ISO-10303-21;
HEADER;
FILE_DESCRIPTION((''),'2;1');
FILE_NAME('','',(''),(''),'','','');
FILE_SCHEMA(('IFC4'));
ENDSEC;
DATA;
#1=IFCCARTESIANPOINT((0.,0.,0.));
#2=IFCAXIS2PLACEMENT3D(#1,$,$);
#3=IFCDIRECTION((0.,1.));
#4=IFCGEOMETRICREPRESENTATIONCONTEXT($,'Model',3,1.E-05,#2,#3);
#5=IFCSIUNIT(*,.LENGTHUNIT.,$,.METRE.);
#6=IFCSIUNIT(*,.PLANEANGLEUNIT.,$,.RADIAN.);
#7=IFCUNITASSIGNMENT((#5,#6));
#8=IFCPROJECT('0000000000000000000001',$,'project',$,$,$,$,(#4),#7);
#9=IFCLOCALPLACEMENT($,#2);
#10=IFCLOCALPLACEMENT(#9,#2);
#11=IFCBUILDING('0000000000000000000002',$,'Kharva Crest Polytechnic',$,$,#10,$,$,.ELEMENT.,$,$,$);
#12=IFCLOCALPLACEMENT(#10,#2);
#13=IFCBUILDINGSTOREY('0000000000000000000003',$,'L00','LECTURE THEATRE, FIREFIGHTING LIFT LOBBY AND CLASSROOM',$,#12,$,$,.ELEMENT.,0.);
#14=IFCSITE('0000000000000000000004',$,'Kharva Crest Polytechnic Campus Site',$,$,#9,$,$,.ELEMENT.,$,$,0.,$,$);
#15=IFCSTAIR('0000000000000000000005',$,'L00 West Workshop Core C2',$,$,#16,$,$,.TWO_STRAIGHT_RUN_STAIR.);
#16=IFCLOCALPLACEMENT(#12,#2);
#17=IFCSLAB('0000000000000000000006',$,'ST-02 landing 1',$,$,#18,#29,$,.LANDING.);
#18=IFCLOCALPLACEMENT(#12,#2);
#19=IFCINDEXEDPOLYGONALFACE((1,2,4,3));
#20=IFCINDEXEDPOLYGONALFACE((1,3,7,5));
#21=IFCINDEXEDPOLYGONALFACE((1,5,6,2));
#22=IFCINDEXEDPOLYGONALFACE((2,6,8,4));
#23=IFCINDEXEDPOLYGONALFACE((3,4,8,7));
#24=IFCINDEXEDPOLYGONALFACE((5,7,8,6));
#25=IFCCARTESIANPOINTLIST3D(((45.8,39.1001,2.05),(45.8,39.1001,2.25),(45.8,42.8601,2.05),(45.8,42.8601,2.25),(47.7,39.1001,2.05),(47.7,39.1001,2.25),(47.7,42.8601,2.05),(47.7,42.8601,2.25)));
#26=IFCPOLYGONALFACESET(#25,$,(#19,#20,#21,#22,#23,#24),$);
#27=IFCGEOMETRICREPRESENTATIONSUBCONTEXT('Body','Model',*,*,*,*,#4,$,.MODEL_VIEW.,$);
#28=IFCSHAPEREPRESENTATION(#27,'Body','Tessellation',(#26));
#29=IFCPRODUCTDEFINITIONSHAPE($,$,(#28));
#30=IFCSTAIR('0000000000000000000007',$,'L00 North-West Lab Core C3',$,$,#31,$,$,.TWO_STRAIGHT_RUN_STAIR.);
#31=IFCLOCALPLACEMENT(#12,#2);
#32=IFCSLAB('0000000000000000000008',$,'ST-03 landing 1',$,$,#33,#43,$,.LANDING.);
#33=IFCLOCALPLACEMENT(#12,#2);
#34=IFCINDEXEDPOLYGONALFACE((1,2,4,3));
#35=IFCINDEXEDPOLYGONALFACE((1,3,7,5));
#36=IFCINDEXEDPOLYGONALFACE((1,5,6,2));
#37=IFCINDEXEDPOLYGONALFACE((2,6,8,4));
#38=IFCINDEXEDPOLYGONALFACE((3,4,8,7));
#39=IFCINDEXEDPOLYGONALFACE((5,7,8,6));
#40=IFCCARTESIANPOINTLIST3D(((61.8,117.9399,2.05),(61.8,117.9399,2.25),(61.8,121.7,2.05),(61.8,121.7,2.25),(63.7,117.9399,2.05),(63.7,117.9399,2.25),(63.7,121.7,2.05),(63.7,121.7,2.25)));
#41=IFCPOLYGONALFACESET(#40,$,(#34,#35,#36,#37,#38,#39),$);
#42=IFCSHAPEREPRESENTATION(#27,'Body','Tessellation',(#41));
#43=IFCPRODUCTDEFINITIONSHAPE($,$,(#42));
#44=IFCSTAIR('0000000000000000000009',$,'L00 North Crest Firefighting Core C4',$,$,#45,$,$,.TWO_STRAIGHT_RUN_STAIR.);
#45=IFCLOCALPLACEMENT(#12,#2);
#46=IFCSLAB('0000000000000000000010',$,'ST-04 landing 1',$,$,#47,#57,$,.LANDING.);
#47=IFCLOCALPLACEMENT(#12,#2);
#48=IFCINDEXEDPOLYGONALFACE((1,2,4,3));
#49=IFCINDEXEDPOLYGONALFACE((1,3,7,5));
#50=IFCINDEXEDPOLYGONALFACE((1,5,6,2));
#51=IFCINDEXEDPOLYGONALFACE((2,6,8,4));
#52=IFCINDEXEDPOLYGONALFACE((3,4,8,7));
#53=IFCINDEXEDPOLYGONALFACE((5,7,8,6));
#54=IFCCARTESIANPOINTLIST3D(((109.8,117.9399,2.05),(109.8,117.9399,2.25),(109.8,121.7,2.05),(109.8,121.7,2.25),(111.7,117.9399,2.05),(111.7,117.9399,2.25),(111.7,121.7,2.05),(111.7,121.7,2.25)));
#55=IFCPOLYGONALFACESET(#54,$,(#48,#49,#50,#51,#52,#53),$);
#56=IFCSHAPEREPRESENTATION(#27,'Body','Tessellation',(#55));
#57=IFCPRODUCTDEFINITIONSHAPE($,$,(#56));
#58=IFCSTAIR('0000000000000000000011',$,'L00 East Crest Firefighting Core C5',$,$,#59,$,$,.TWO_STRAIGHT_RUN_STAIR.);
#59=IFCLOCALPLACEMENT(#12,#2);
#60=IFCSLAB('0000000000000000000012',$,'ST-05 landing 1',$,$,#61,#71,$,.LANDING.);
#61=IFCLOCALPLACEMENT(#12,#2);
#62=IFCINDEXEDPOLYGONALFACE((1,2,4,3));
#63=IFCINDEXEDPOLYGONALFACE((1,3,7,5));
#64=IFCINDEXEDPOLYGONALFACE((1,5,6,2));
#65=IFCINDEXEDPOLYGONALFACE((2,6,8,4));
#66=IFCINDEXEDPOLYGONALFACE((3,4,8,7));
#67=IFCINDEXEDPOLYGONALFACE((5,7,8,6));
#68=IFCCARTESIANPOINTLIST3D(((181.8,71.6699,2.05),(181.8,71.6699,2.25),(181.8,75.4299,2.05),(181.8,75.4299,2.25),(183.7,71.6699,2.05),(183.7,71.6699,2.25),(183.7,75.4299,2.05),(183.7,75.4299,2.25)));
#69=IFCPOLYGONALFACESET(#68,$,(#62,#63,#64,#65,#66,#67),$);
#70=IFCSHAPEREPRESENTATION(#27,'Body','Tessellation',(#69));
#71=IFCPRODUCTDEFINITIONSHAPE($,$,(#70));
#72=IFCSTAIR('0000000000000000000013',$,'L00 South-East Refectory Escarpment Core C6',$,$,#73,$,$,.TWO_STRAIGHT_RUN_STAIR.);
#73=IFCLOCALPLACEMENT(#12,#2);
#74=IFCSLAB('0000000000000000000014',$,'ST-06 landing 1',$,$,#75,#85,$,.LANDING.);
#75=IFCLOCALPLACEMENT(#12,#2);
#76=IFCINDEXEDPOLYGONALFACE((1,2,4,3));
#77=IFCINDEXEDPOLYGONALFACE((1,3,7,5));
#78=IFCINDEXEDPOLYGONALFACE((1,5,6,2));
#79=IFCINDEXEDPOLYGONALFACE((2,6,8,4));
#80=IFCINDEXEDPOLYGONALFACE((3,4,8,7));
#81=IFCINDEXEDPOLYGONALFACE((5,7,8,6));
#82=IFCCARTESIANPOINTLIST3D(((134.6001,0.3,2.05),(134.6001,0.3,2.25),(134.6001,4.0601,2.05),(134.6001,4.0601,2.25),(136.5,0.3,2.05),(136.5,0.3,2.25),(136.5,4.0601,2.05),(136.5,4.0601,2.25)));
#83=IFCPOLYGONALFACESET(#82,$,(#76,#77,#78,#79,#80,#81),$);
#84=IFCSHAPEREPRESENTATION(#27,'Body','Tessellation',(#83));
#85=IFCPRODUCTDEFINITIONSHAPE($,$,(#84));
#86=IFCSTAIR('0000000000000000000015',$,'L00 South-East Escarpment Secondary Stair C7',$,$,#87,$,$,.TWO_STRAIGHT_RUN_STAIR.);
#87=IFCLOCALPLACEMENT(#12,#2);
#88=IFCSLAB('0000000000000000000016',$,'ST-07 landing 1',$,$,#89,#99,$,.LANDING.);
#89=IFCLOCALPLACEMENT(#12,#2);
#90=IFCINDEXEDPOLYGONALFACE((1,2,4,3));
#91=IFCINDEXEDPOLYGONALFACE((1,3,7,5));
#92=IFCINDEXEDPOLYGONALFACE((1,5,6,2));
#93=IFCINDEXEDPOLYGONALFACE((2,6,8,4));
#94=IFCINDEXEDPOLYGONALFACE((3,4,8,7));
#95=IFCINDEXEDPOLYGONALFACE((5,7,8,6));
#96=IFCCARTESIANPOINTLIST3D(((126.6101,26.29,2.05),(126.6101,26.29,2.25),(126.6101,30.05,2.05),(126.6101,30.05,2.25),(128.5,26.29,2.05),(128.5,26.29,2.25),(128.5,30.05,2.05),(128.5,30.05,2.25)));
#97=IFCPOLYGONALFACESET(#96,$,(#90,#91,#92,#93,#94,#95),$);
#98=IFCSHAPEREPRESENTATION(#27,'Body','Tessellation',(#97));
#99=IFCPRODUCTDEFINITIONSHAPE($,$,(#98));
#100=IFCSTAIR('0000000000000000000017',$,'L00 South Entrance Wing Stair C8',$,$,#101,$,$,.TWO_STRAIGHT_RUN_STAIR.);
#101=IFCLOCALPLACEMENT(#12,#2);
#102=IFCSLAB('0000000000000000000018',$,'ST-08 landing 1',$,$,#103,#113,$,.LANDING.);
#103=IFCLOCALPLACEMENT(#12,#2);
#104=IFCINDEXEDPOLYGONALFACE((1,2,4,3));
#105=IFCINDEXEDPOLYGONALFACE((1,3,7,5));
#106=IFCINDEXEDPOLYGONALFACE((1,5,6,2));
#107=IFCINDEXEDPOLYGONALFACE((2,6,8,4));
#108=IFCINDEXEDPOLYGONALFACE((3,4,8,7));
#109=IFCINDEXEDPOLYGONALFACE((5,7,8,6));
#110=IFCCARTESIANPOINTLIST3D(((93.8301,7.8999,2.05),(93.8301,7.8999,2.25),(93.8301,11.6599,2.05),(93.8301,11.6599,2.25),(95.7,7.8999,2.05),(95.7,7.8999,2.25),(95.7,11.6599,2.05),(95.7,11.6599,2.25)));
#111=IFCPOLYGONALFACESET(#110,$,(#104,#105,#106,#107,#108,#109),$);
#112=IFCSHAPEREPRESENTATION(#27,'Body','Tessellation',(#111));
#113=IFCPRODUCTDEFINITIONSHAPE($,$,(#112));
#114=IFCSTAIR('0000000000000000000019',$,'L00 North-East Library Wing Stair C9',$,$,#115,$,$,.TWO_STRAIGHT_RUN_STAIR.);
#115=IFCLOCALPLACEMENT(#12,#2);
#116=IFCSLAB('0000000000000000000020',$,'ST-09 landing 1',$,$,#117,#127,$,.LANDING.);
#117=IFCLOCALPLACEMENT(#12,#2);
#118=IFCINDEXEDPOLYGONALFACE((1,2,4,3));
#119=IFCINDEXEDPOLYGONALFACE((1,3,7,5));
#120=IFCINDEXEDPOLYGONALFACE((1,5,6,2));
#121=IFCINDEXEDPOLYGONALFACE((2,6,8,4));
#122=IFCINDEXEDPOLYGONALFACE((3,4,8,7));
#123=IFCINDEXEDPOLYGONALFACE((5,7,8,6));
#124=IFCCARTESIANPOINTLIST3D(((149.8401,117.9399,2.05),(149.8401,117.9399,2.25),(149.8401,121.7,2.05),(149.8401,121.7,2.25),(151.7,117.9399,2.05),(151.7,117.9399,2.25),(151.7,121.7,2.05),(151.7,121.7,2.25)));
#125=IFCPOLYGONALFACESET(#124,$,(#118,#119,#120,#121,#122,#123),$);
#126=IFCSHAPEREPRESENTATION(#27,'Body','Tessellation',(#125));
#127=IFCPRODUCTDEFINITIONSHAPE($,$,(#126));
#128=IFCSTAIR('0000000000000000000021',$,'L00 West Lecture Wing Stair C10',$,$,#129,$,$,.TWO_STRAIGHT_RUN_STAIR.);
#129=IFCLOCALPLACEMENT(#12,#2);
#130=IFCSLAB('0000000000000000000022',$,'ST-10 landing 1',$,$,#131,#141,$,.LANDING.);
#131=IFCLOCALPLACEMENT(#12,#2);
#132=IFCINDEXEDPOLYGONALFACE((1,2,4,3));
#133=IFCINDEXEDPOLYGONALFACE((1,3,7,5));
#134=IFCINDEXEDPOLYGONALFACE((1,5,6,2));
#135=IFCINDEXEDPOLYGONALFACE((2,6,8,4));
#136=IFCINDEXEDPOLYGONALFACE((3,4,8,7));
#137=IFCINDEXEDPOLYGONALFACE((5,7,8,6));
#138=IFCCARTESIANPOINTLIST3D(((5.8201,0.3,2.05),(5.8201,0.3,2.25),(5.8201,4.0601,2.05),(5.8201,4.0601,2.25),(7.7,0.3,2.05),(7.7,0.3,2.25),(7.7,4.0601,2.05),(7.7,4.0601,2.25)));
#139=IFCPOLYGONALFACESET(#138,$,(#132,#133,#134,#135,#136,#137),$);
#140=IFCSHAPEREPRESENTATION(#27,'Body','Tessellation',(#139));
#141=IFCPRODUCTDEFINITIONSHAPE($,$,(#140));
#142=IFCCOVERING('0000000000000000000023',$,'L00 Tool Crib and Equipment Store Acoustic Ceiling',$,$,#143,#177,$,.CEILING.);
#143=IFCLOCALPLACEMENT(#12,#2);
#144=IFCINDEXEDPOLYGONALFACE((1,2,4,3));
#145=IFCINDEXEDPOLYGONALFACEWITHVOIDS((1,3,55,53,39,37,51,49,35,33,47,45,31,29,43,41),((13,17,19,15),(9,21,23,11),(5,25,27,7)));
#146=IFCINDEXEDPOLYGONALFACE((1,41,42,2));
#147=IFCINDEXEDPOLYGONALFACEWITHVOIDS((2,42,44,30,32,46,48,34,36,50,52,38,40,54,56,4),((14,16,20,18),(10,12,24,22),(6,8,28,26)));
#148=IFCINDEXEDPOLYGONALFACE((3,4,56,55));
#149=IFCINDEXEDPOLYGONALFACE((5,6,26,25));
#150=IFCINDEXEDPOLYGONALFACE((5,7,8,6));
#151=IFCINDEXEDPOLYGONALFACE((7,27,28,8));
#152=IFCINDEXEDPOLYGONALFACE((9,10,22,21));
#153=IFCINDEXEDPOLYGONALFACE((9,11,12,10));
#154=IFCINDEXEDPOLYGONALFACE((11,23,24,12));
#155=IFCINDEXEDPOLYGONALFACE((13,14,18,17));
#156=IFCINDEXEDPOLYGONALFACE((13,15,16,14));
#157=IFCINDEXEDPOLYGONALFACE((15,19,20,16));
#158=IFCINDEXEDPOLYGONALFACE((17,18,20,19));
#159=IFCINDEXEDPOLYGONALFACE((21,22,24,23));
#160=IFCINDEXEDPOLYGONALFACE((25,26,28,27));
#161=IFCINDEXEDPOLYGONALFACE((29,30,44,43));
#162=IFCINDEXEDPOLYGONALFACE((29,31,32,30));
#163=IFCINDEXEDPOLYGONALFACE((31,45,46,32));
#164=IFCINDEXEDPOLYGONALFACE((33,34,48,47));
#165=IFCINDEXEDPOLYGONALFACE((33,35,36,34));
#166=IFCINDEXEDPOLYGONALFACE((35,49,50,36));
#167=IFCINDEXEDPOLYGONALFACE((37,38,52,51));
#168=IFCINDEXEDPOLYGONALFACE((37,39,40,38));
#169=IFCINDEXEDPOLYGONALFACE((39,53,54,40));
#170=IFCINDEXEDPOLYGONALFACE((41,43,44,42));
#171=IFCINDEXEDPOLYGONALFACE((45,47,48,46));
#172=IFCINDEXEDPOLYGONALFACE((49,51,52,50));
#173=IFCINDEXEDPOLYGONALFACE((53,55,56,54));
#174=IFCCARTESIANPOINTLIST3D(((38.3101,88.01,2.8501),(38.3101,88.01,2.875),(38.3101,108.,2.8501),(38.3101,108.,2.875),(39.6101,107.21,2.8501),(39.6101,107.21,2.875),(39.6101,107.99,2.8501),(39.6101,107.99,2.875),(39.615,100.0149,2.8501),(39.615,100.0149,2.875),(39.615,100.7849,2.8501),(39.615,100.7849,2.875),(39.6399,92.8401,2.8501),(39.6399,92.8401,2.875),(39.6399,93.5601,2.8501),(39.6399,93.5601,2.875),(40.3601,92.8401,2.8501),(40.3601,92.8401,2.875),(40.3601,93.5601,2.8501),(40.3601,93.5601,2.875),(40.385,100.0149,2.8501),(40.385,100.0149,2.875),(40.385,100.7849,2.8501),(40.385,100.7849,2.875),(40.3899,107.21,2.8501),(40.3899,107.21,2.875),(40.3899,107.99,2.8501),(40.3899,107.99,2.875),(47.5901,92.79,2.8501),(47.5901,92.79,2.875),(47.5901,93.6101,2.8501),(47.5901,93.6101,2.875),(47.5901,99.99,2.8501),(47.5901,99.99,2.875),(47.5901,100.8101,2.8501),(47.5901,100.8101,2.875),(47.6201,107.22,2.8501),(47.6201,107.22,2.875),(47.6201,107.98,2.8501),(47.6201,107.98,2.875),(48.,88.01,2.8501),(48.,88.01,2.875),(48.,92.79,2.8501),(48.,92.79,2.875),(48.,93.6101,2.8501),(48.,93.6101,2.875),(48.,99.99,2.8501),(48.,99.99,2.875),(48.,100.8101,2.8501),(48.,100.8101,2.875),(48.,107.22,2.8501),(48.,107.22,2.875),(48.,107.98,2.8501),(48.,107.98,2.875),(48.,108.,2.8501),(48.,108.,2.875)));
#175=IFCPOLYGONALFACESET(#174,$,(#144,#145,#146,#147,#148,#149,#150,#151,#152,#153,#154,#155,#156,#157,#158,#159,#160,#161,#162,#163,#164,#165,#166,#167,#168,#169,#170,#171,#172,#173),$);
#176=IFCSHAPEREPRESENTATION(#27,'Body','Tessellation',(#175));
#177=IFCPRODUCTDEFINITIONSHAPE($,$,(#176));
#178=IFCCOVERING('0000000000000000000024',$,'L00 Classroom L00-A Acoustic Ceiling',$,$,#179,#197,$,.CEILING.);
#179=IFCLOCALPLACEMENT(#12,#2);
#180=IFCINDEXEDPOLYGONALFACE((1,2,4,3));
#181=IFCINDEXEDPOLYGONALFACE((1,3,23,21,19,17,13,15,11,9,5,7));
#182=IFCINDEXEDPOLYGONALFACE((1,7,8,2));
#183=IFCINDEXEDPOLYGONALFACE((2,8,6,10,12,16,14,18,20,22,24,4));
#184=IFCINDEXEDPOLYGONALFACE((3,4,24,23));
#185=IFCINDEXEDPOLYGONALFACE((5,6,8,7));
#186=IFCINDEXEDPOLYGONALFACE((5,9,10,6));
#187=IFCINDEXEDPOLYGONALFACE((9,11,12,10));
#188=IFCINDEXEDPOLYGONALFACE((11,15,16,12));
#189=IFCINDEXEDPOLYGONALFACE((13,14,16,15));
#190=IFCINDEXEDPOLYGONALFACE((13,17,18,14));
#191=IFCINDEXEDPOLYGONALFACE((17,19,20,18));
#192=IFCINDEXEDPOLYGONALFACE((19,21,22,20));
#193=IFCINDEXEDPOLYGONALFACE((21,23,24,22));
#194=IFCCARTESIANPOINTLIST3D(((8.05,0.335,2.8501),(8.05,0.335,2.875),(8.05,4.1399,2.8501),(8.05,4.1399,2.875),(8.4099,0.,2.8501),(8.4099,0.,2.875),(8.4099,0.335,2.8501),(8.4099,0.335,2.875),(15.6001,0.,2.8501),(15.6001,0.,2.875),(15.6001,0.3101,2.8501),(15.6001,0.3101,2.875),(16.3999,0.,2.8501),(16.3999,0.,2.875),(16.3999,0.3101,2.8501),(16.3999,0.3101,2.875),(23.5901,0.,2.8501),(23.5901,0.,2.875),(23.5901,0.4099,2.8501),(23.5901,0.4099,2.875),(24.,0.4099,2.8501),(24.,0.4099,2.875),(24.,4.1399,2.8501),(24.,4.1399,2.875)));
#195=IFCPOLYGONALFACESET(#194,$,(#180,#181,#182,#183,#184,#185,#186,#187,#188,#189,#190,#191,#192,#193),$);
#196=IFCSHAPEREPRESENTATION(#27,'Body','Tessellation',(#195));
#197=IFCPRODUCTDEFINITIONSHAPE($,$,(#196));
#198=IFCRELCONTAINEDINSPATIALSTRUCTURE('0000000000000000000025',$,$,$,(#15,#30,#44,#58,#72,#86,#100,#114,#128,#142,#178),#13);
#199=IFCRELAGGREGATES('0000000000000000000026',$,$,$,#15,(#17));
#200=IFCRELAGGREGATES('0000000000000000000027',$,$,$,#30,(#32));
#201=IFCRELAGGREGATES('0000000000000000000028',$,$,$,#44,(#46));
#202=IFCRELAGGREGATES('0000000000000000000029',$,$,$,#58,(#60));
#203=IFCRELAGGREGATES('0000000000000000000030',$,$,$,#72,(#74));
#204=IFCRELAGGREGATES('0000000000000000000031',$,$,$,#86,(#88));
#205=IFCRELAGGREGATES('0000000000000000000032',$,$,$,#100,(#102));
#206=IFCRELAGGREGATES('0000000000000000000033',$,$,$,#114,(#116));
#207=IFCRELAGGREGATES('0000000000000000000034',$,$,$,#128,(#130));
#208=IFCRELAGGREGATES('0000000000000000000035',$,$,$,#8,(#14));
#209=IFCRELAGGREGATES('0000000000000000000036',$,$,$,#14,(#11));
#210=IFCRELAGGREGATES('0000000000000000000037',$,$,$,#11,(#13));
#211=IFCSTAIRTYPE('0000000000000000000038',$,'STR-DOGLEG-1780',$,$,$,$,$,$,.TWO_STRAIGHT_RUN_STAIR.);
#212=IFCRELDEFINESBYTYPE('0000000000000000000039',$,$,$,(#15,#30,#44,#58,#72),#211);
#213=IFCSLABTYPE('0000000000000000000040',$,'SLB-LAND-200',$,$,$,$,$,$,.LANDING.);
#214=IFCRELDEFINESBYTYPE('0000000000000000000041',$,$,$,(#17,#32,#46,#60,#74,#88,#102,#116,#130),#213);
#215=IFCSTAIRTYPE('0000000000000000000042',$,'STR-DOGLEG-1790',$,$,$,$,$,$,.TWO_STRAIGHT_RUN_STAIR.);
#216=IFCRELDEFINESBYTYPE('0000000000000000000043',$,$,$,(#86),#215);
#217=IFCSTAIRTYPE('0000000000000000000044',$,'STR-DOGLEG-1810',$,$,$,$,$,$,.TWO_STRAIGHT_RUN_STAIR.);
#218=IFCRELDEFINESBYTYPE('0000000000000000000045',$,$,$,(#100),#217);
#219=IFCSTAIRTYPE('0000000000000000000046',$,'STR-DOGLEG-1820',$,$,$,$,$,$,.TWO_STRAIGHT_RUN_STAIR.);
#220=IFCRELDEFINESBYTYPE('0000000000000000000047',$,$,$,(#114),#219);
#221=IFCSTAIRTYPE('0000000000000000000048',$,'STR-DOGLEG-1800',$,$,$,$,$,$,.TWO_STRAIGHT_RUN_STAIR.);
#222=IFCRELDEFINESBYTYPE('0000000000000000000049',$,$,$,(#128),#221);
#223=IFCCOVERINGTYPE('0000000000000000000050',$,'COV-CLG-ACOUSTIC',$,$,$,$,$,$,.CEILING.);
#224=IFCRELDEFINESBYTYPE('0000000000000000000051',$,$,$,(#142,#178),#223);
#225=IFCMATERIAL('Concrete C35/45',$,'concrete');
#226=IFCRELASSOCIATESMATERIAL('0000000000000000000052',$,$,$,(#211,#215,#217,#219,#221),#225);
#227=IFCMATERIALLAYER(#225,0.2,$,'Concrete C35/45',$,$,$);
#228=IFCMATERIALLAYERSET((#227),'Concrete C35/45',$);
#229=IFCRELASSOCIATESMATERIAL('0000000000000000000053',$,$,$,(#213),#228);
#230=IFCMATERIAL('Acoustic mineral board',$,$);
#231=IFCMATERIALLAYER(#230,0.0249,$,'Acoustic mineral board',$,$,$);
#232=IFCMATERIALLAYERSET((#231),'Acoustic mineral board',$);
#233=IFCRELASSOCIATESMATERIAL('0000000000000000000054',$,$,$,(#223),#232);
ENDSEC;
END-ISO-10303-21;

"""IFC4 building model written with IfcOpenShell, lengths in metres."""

from ifc_helpers import new_model, si_unit, direction, frame, origin, place, context, subcontext, project, spatial, polyline, outline, extrude, material, layer, layer_set, type_object, element, aggregate, save


model = new_model("IFC4")

# Units and contexts
model_context = context("Model", 3, precision=1e-05, world=origin(), true_north=direction((0.0, 1.0)))
body_context = subcontext(model_context, "Body", "Model", "MODEL_VIEW")
ifc_project = project(units=[si_unit("LENGTHUNIT", "METRE"), si_unit("PLANEANGLEUNIT", "RADIAN")], contexts=[model_context])

# Site, building, storey
site_placement = place(None, origin())
site = spatial("IfcSite", under=ifc_project, at=site_placement, Name="Kharva Crest Polytechnic Campus Site", CompositionType="ELEMENT", RefElevation=0.0)
building_placement = place(site_placement, origin())
building = spatial("IfcBuilding", under=site, at=building_placement, Name="Kharva Crest Polytechnic", CompositionType="ELEMENT")
storey_placement = place(building_placement, origin())
storey = spatial("IfcBuildingStorey", under=building, at=storey_placement, Name="L00", Description="LECTURE THEATRE, FIREFIGHTING LIFT LOBBY AND CLASSROOM", CompositionType="ELEMENT", Elevation=0.0)

# Stairs, slabs
ifc_material_1 = material(Name="Concrete C35/45", Category="concrete")
stair_type_1 = type_object("IfcStairType", Name="STR-DOGLEG-1780", PredefinedType="TWO_STRAIGHT_RUN_STAIR", material=ifc_material_1)
stair_1_placement = place(storey_placement, origin())
stair_1 = element("IfcStair", 1, at=stair_1_placement, inside=storey, type_object=stair_type_1, Name="L00 West Workshop Core C2", PredefinedType="TWO_STRAIGHT_RUN_STAIR")
ifc_layer_1 = layer(ifc_material_1, 0.2, Name="Concrete C35/45")
ifc_layer_set_1 = layer_set([ifc_layer_1], Name="Concrete C35/45")
slab_type = type_object("IfcSlabType", Name="SLB-LAND-200", PredefinedType="LANDING", material=ifc_layer_set_1)
slab_1_placement = place(storey_placement, frame((0.0, 0.0, 2.05)))
slab_1 = element("IfcSlab", 2, at=slab_1_placement, type_object=slab_type, Name="ST-02 landing 1", PredefinedType="LANDING", context=body_context, shape_type="SweptSolid", body=[
    extrude(outline(polyline([(45.8, 39.1001), (47.7, 39.1001), (47.7, 42.8601), (45.8, 42.8601), (45.8, 39.1001)])), origin(), (0.0, 0.0, 1.0), 0.2),
])
aggregate(stair_1, [slab_1])
stair_2_placement = place(storey_placement, origin())
stair_2 = element("IfcStair", 3, at=stair_2_placement, inside=storey, type_object=stair_type_1, Name="L00 North-West Lab Core C3", PredefinedType="TWO_STRAIGHT_RUN_STAIR")
slab_2_placement = place(storey_placement, frame((0.0, 0.0, 2.05)))
slab_2 = element("IfcSlab", 4, at=slab_2_placement, type_object=slab_type, Name="ST-03 landing 1", PredefinedType="LANDING", context=body_context, shape_type="SweptSolid", body=[
    extrude(outline(polyline([(61.8, 117.9399), (63.7, 117.9399), (63.7, 121.7), (61.8, 121.7), (61.8, 117.9399)])), origin(), (0.0, 0.0, 1.0), 0.2),
])
aggregate(stair_2, [slab_2])
stair_3_placement = place(storey_placement, origin())
stair_3 = element("IfcStair", 5, at=stair_3_placement, inside=storey, type_object=stair_type_1, Name="L00 North Crest Firefighting Core C4", PredefinedType="TWO_STRAIGHT_RUN_STAIR")
slab_3_placement = place(storey_placement, frame((0.0, 0.0, 2.05)))
slab_3 = element("IfcSlab", 6, at=slab_3_placement, type_object=slab_type, Name="ST-04 landing 1", PredefinedType="LANDING", context=body_context, shape_type="SweptSolid", body=[
    extrude(outline(polyline([(109.8, 117.9399), (111.7, 117.9399), (111.7, 121.7), (109.8, 121.7), (109.8, 117.9399)])), origin(), (0.0, 0.0, 1.0), 0.2),
])
aggregate(stair_3, [slab_3])
stair_4_placement = place(storey_placement, origin())
stair_4 = element("IfcStair", 7, at=stair_4_placement, inside=storey, type_object=stair_type_1, Name="L00 East Crest Firefighting Core C5", PredefinedType="TWO_STRAIGHT_RUN_STAIR")
slab_4_placement = place(storey_placement, frame((0.0, 0.0, 2.05)))
slab_4 = element("IfcSlab", 8, at=slab_4_placement, type_object=slab_type, Name="ST-05 landing 1", PredefinedType="LANDING", context=body_context, shape_type="SweptSolid", body=[
    extrude(outline(polyline([(181.8, 71.6699), (183.7, 71.6699), (183.7, 75.4299), (181.8, 75.4299), (181.8, 71.6699)])), origin(), (0.0, 0.0, 1.0), 0.2),
])
aggregate(stair_4, [slab_4])
stair_5_placement = place(storey_placement, origin())
stair_5 = element("IfcStair", 9, at=stair_5_placement, inside=storey, type_object=stair_type_1, Name="L00 South-East Refectory Escarpment Core C6", PredefinedType="TWO_STRAIGHT_RUN_STAIR")
slab_5_placement = place(storey_placement, frame((0.0, 0.0, 2.05)))
slab_5 = element("IfcSlab", 10, at=slab_5_placement, type_object=slab_type, Name="ST-06 landing 1", PredefinedType="LANDING", context=body_context, shape_type="SweptSolid", body=[
    extrude(outline(polyline([(134.6001, 0.3), (136.5, 0.3), (136.5, 4.0601), (134.6001, 4.0601), (134.6001, 0.3)])), origin(), (0.0, 0.0, 1.0), 0.2),
])
aggregate(stair_5, [slab_5])
stair_type_2 = type_object("IfcStairType", Name="STR-DOGLEG-1790", PredefinedType="TWO_STRAIGHT_RUN_STAIR", material=ifc_material_1)
stair_6_placement = place(storey_placement, origin())
stair_6 = element("IfcStair", 11, at=stair_6_placement, inside=storey, type_object=stair_type_2, Name="L00 South-East Escarpment Secondary Stair C7", PredefinedType="TWO_STRAIGHT_RUN_STAIR")
slab_6_placement = place(storey_placement, frame((0.0, 0.0, 2.05)))
slab_6 = element("IfcSlab", 12, at=slab_6_placement, type_object=slab_type, Name="ST-07 landing 1", PredefinedType="LANDING", context=body_context, shape_type="SweptSolid", body=[
    extrude(outline(polyline([(126.6101, 26.29), (128.5, 26.29), (128.5, 30.05), (126.6101, 30.05), (126.6101, 26.29)])), origin(), (0.0, 0.0, 1.0), 0.2),
])
aggregate(stair_6, [slab_6])
stair_type_3 = type_object("IfcStairType", Name="STR-DOGLEG-1810", PredefinedType="TWO_STRAIGHT_RUN_STAIR", material=ifc_material_1)
stair_7_placement = place(storey_placement, origin())
stair_7 = element("IfcStair", 13, at=stair_7_placement, inside=storey, type_object=stair_type_3, Name="L00 South Entrance Wing Stair C8", PredefinedType="TWO_STRAIGHT_RUN_STAIR")
slab_7_placement = place(storey_placement, frame((0.0, 0.0, 2.05)))
slab_7 = element("IfcSlab", 14, at=slab_7_placement, type_object=slab_type, Name="ST-08 landing 1", PredefinedType="LANDING", context=body_context, shape_type="SweptSolid", body=[
    extrude(outline(polyline([(93.8301, 7.8999), (95.7, 7.8999), (95.7, 11.6599), (93.8301, 11.6599), (93.8301, 7.8999)])), origin(), (0.0, 0.0, 1.0), 0.2),
])
aggregate(stair_7, [slab_7])
stair_type_4 = type_object("IfcStairType", Name="STR-DOGLEG-1820", PredefinedType="TWO_STRAIGHT_RUN_STAIR", material=ifc_material_1)
stair_8_placement = place(storey_placement, origin())
stair_8 = element("IfcStair", 15, at=stair_8_placement, inside=storey, type_object=stair_type_4, Name="L00 North-East Library Wing Stair C9", PredefinedType="TWO_STRAIGHT_RUN_STAIR")
slab_8_placement = place(storey_placement, frame((0.0, 0.0, 2.05)))
slab_8 = element("IfcSlab", 16, at=slab_8_placement, type_object=slab_type, Name="ST-09 landing 1", PredefinedType="LANDING", context=body_context, shape_type="SweptSolid", body=[
    extrude(outline(polyline([(149.8401, 117.9399), (151.7, 117.9399), (151.7, 121.7), (149.8401, 121.7), (149.8401, 117.9399)])), origin(), (0.0, 0.0, 1.0), 0.2),
])
aggregate(stair_8, [slab_8])
stair_type_5 = type_object("IfcStairType", Name="STR-DOGLEG-1800", PredefinedType="TWO_STRAIGHT_RUN_STAIR", material=ifc_material_1)
stair_9_placement = place(storey_placement, origin())
stair_9 = element("IfcStair", 17, at=stair_9_placement, inside=storey, type_object=stair_type_5, Name="L00 West Lecture Wing Stair C10", PredefinedType="TWO_STRAIGHT_RUN_STAIR")
slab_9_placement = place(storey_placement, frame((0.0, 0.0, 2.05)))
slab_9 = element("IfcSlab", 18, at=slab_9_placement, type_object=slab_type, Name="ST-10 landing 1", PredefinedType="LANDING", context=body_context, shape_type="SweptSolid", body=[
    extrude(outline(polyline([(5.8201, 0.3), (7.7, 0.3), (7.7, 4.0601), (5.8201, 4.0601), (5.8201, 0.3)])), origin(), (0.0, 0.0, 1.0), 0.2),
])
aggregate(stair_9, [slab_9])

# Coverings
ifc_material_2 = material(Name="Acoustic mineral board")
ifc_layer_2 = layer(ifc_material_2, 0.0249, Name="Acoustic mineral board")
ifc_layer_set_2 = layer_set([ifc_layer_2], Name="Acoustic mineral board")
covering_type_1 = type_object("IfcCoveringType", Name="COV-CLG-ACOUSTIC", PredefinedType="CEILING", material=ifc_layer_set_2)
covering_1_placement = place(storey_placement, frame((0.0, 0.0, 2.8501)))
element("IfcCovering", 19, at=covering_1_placement, inside=storey, type_object=covering_type_1, Name="L00 Tool Crib and Equipment Store Acoustic Ceiling", PredefinedType="CEILING", context=body_context, shape_type="SweptSolid", body=[
    extrude(outline(polyline([(48.0, 108.0), (48.0, 107.98), (47.6201, 107.98), (47.6201, 107.22), (48.0, 107.22), (48.0, 100.8101), (47.5901, 100.8101), (47.5901, 99.99), (48.0, 99.99), (48.0, 93.6101), (47.5901, 93.6101), (47.5901, 92.79), (48.0, 92.79), (48.0, 88.01), (38.3101, 88.01), (38.3101, 108.0), (48.0, 108.0)]), holes=[polyline([(39.6399, 93.5601), (39.6399, 92.8401), (40.3601, 92.8401), (40.3601, 93.5601), (39.6399, 93.5601)]), polyline([(39.615, 100.7849), (39.615, 100.0149), (40.385, 100.0149), (40.385, 100.7849), (39.615, 100.7849)]), polyline([(39.6101, 107.99), (39.6101, 107.21), (40.3899, 107.21), (40.3899, 107.99), (39.6101, 107.99)])]), origin(), (0.0, 0.0, 1.0), 0.0249),
])
covering_2_placement = place(storey_placement, frame((0.0, 0.0, 2.8501)))
element("IfcCovering", 20, at=covering_2_placement, inside=storey, type_object=covering_type_1, Name="L00 Classroom L00-A Acoustic Ceiling", PredefinedType="CEILING", context=body_context, shape_type="SweptSolid", body=[
    extrude(outline(polyline([(24.0, 0.4099), (23.5901, 0.4099), (23.5901, 0.0), (16.3999, 0.0), (16.3999, 0.3101), (15.6001, 0.3101), (15.6001, 0.0), (8.4099, 0.0), (8.4099, 0.335), (8.05, 0.335), (8.05, 4.1399), (24.0, 4.1399), (24.0, 0.4099)])), origin(), (0.0, 0.0, 1.0), 0.0249),
])

save(model, "model.ifc")
